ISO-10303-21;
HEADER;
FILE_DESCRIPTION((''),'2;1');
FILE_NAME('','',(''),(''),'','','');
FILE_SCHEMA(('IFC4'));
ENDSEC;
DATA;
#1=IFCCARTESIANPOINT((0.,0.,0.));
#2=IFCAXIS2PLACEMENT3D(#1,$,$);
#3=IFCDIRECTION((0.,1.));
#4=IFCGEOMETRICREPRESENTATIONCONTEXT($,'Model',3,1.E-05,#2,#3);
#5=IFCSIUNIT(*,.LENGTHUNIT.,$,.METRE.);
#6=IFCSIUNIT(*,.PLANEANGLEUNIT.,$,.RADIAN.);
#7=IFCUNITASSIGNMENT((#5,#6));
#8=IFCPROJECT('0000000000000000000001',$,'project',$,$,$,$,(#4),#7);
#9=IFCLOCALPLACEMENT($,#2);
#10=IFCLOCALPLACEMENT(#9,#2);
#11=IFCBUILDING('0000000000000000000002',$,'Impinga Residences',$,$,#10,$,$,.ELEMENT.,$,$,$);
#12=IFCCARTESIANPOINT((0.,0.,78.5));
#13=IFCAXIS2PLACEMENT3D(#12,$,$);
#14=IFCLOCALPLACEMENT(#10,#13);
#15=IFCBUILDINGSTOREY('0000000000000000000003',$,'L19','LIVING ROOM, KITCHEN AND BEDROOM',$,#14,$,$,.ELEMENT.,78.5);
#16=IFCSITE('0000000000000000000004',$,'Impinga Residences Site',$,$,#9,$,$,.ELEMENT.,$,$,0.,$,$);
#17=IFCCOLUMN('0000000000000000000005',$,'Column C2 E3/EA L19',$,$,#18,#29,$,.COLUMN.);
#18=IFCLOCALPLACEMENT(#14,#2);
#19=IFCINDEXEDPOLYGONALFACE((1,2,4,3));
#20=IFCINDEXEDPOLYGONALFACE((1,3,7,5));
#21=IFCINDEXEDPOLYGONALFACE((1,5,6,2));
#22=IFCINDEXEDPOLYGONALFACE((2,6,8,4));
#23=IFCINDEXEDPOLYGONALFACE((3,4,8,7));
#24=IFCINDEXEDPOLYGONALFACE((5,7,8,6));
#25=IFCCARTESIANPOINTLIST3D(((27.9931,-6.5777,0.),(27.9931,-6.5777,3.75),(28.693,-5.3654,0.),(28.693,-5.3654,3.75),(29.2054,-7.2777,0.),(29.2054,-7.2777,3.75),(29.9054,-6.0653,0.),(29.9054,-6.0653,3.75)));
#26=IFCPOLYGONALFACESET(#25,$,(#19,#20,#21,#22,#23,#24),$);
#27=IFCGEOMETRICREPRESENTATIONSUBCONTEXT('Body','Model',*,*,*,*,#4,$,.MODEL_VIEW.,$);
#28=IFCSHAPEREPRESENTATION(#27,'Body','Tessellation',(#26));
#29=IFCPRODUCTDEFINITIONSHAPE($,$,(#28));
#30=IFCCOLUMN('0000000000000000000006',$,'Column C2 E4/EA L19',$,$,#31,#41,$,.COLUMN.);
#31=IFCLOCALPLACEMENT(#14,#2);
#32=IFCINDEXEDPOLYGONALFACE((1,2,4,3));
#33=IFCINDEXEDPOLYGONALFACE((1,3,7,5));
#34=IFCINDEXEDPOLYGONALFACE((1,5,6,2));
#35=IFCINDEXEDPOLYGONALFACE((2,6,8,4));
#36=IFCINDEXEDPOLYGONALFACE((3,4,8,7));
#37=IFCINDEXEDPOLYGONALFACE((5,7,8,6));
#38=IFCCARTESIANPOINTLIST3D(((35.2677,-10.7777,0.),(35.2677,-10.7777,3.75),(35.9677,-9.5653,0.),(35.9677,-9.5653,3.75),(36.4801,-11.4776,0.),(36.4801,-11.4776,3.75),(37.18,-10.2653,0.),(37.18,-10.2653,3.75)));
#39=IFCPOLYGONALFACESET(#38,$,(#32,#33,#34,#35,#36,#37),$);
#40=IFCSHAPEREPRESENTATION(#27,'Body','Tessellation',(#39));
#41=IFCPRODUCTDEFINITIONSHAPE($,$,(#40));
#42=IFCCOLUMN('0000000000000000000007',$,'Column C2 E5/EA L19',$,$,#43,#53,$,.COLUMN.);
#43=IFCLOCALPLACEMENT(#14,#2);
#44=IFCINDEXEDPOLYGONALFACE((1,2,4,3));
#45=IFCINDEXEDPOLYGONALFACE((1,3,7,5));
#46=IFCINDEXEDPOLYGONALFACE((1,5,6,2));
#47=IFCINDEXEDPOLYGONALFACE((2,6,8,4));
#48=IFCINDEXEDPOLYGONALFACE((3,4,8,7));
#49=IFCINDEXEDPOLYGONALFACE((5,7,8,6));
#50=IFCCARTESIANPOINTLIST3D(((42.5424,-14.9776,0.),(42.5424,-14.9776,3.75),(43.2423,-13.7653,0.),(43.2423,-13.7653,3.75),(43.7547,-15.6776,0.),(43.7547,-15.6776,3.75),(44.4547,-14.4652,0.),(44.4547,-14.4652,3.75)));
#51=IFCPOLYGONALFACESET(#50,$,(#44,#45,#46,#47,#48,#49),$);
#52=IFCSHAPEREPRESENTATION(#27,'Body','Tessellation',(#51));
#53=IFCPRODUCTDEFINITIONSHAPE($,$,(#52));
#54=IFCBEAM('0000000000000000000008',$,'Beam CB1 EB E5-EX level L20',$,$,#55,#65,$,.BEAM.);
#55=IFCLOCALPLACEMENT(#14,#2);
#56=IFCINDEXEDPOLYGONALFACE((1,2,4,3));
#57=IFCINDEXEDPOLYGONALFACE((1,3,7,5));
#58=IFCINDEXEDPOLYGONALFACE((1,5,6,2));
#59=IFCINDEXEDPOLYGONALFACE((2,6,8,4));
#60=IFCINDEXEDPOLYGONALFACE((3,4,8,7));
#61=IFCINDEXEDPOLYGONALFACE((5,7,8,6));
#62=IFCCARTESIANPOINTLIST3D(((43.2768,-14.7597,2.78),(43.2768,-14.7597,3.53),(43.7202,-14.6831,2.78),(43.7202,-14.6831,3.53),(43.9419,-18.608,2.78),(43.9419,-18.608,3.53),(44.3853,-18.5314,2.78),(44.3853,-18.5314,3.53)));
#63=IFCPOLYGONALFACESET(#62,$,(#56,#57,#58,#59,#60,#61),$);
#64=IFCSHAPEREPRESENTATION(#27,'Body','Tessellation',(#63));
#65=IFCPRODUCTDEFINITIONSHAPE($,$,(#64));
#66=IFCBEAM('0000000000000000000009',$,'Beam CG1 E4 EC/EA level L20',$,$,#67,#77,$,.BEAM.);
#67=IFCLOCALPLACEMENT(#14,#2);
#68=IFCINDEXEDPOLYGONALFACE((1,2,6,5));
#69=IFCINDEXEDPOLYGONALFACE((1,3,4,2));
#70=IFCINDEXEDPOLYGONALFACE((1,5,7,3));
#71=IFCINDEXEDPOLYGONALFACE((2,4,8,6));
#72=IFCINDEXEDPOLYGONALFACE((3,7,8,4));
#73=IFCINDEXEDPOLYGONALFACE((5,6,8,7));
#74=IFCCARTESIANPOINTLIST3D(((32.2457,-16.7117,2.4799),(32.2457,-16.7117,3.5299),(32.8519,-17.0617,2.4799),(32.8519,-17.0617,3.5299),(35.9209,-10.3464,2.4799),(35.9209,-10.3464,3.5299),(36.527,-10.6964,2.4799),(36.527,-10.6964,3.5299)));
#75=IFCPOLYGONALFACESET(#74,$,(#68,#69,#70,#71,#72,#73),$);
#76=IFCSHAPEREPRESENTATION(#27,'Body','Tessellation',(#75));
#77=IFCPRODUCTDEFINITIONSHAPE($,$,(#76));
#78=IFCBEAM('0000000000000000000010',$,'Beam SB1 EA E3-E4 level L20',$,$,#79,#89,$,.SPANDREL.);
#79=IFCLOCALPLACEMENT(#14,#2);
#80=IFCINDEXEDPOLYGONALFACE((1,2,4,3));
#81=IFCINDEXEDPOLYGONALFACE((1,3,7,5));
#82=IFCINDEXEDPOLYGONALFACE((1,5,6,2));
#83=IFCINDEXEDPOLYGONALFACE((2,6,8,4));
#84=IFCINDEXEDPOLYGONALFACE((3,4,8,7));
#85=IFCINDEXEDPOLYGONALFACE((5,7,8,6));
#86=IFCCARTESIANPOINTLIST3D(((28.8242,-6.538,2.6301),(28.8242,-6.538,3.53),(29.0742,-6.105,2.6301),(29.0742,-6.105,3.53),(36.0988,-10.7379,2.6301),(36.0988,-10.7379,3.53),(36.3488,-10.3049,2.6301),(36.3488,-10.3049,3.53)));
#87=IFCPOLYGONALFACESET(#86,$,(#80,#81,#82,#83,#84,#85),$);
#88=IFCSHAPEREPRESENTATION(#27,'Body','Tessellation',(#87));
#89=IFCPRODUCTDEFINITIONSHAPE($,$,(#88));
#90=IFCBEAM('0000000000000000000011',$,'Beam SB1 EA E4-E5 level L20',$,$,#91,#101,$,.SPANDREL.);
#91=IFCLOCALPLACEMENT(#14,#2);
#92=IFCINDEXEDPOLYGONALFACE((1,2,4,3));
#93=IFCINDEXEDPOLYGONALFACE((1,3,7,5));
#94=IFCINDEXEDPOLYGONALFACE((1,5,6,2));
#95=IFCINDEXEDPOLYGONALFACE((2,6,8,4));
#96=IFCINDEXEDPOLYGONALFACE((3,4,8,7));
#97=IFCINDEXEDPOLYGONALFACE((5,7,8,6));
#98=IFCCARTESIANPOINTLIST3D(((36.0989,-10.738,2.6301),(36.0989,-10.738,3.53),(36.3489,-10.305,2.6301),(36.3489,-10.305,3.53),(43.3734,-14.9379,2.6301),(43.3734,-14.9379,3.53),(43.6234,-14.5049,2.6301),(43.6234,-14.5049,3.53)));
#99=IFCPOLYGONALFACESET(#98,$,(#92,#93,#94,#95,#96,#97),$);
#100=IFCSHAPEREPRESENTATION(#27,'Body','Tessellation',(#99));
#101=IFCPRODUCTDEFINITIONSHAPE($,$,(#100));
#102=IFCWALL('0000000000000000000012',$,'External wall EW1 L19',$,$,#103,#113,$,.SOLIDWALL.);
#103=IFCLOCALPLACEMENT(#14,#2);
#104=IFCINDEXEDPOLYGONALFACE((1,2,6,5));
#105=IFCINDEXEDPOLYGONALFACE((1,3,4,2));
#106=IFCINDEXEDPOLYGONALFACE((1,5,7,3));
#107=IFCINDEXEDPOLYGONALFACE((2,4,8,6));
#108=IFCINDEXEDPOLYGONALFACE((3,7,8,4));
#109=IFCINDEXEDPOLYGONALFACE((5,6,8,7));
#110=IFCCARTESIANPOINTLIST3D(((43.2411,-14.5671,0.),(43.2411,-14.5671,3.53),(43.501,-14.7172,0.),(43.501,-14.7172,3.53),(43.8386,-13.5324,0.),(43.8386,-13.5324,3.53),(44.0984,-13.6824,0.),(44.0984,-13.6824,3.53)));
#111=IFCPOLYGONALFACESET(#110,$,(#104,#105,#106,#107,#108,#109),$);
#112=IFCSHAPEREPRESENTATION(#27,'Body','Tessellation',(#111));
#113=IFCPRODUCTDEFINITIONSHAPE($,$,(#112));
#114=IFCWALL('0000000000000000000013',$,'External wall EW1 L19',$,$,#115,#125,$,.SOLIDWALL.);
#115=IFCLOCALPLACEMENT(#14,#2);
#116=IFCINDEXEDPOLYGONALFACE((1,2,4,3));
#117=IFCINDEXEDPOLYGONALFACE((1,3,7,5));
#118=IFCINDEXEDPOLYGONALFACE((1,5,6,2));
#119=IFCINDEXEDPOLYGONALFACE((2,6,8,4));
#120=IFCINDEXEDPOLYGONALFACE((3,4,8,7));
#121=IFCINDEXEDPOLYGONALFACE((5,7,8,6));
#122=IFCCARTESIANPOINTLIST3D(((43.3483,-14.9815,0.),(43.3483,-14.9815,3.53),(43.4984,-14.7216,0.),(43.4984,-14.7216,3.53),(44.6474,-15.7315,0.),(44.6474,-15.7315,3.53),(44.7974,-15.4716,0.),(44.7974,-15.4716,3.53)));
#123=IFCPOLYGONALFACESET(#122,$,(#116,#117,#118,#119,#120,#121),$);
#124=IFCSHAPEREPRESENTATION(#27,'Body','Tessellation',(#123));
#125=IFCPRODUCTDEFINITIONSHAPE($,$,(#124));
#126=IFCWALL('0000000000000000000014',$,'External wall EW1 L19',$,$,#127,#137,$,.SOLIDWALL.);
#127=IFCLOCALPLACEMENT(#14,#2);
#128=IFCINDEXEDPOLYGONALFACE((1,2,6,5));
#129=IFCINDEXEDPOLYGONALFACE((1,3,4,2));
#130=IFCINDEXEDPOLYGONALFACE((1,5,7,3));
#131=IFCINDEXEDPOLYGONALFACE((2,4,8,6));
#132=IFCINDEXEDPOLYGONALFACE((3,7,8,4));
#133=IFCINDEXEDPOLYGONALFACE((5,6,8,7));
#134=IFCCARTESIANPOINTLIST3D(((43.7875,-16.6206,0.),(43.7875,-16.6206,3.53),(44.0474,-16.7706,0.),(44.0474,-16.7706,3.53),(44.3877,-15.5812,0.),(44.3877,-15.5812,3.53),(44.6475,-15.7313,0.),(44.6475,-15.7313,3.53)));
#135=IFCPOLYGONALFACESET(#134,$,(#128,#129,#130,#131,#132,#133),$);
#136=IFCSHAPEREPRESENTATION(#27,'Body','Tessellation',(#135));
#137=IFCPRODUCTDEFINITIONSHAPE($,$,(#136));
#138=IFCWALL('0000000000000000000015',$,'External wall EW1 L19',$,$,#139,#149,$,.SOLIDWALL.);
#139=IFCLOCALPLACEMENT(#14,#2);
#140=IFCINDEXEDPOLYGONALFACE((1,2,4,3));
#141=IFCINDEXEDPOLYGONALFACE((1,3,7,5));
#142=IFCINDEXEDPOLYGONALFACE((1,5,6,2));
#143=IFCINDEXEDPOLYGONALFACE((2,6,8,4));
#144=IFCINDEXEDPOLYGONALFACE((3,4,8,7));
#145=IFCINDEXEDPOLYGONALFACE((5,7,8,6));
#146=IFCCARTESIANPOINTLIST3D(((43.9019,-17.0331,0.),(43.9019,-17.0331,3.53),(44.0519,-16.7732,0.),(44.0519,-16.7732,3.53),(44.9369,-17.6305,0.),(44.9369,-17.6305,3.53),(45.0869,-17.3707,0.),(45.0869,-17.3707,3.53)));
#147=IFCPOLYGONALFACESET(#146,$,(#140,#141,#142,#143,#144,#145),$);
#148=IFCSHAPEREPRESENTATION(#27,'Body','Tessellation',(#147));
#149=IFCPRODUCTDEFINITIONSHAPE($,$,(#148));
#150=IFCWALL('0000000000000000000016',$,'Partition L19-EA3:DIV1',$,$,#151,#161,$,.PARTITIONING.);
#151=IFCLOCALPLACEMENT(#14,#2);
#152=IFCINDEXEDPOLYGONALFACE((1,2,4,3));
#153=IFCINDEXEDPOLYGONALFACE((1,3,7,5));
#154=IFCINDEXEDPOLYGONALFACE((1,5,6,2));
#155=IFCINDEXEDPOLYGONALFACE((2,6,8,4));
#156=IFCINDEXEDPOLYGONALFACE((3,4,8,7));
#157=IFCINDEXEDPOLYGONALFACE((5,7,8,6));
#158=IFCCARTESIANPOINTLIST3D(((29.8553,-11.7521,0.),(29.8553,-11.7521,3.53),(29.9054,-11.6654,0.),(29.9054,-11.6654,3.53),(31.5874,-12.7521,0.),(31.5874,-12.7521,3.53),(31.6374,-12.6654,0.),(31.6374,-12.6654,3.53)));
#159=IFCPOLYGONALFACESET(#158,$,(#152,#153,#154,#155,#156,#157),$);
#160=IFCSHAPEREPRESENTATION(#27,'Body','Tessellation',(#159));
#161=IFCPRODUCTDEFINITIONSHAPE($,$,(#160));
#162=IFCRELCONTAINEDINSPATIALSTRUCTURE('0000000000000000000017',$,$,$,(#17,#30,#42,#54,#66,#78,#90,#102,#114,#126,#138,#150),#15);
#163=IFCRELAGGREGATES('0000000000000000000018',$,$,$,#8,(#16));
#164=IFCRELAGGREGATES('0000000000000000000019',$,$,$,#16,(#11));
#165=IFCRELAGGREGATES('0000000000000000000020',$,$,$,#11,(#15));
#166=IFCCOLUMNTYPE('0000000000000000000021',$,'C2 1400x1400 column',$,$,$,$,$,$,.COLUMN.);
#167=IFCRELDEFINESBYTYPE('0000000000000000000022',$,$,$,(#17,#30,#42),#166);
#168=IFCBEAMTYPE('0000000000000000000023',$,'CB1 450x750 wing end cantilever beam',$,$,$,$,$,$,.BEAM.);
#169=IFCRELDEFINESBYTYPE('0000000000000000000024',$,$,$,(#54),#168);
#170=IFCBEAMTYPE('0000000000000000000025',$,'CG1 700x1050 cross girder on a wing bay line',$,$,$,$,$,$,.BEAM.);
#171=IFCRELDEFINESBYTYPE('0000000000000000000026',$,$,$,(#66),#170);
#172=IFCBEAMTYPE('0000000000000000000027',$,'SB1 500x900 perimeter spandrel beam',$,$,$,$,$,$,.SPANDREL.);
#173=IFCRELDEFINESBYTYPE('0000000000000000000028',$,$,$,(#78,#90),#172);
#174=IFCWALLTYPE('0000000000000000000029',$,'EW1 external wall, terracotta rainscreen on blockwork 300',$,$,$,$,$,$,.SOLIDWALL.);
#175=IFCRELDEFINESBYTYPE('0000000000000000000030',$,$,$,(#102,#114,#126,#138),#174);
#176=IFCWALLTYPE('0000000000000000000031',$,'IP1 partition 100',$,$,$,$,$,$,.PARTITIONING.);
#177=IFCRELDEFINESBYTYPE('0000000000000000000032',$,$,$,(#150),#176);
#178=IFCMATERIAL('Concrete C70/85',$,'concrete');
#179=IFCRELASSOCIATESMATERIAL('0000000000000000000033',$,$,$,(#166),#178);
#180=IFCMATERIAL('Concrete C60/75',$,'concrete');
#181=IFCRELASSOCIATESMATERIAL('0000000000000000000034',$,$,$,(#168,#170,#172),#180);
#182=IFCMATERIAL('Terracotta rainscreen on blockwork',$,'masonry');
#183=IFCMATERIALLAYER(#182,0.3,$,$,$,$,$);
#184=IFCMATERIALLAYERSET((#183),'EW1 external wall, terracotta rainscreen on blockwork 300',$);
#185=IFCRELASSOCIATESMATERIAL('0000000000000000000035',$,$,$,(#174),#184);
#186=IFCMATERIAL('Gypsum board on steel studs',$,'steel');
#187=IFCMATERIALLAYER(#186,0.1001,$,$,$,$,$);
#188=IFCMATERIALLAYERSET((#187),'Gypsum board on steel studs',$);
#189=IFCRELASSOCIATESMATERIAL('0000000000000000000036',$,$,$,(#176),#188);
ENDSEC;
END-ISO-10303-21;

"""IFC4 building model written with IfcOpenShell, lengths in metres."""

from ifc_helpers import new_model, si_unit, direction, frame, frame_2d, origin, origin_2d, place, context, subcontext, project, spatial, rectangle, extrude, material, layer, layer_set, material_profile, profile_set, type_object, element, save


model = new_model("IFC4")

# Units and contexts
model_context = context("Model", 3, precision=1e-05, world=origin(), true_north=direction((0.0, 1.0)))
body_context = subcontext(model_context, "Body", "Model", "MODEL_VIEW")
ifc_project = project(units=[si_unit("LENGTHUNIT", "METRE"), si_unit("PLANEANGLEUNIT", "RADIAN")], contexts=[model_context])

# Site, building, storey
site_placement = place(None, origin())
site = spatial("IfcSite", under=ifc_project, at=site_placement, Name="Impinga Residences Site", CompositionType="ELEMENT", RefElevation=0.0)
building_placement = place(site_placement, origin())
building = spatial("IfcBuilding", under=site, at=building_placement, Name="Impinga Residences", CompositionType="ELEMENT")
storey_placement = place(building_placement, frame((0.0, 0.0, 78.5)))
storey = spatial("IfcBuildingStorey", under=building, at=storey_placement, Name="L19", Description="LIVING ROOM, KITCHEN AND BEDROOM", CompositionType="ELEMENT", Elevation=78.5)

# Columns
ifc_material_1 = material(Name="Concrete C70/85", Category="concrete")
ifc_material_profile_1 = material_profile(ifc_material_1, rectangle(XDim=1.3999, YDim=1.3999, at=origin_2d()), Name="RC 1400x1400")
ifc_profile_set_1 = profile_set([ifc_material_profile_1], Name="Concrete C70/85")
column_type = type_object("IfcColumnType", Name="C2 1400x1400 column", PredefinedType="COLUMN", material=ifc_profile_set_1)
for number, where, z_axis, x_axis, name in (
    (1, (28.9492, -6.3215, 0.0), (0.0, 0.0, 1.0), (-0.5, -0.866025, 0.0), "Column C2 E3/EA L19"),
    (2, (36.2239, -10.5215, 0.0), (0.0, 0.0, 1.0), (-0.5, -0.866025, 0.0), "Column C2 E4/EA L19"),
    (3, (43.4985, -14.7214, 0.0), (0.0, 0.0, 1.0), (-0.5, -0.866025, 0.0), "Column C2 E5/EA L19"),
):
    element("IfcColumn", number, at=place(storey_placement, frame(where, z_axis=z_axis, x_axis=x_axis)), inside=storey, type_object=column_type, Name=name, PredefinedType="COLUMN", context=body_context, shape_type="SweptSolid", body=[
        extrude(rectangle(XDim=1.3999, YDim=1.3999, at=origin_2d()), origin(), (0.0, 0.0, 1.0), 3.75),
    ])

# Beams
ifc_material_2 = material(Name="Concrete C60/75", Category="concrete")
ifc_material_profile_2 = material_profile(ifc_material_2, rectangle(XDim=0.45, YDim=0.75, at=origin_2d()), Name="RC 450x750")
ifc_profile_set_2 = profile_set([ifc_material_profile_2], Name="Concrete C60/75")
beam_type_1 = type_object("IfcBeamType", Name="CB1 450x750 wing end cantilever beam", PredefinedType="BEAM", material=ifc_profile_set_2)
beam_1_placement = place(storey_placement, frame((43.4985, -14.7214, 3.155), z_axis=(0.170296, -0.985393, 0.0), x_axis=(0.985393, 0.170296, 0.0)))
element("IfcBeam", 4, at=beam_1_placement, inside=storey, type_object=beam_type_1, Name="Beam CB1 EB E5-EX level L20", PredefinedType="BEAM", context=body_context, shape_type="SweptSolid", body=[
    extrude(rectangle(XDim=0.45, YDim=0.75, at=origin_2d()), origin(), (0.0, 0.0, 1.0), 3.9053),
])
ifc_material_profile_3 = material_profile(ifc_material_2, rectangle(XDim=0.7, YDim=1.05, at=origin_2d()), Name="RC 700x1050")
ifc_profile_set_3 = profile_set([ifc_material_profile_3], Name="Concrete C60/75")
beam_type_2 = type_object("IfcBeamType", Name="CG1 700x1050 cross girder on a wing bay line", PredefinedType="BEAM", material=ifc_profile_set_3)
beam_2_placement = place(storey_placement, frame((32.5488, -16.8867, 3.0049), z_axis=(0.500008, 0.866021, 0.0), x_axis=(-0.866021, 0.500008, 0.0)))
element("IfcBeam", 5, at=beam_2_placement, inside=storey, type_object=beam_type_2, Name="Beam CG1 E4 EC/EA level L20", PredefinedType="BEAM", context=body_context, shape_type="SweptSolid", body=[
    extrude(rectangle(XDim=0.7, YDim=1.05, at=origin_2d()), origin(), (0.0, 0.0, 1.0), 7.3501),
])
ifc_material_profile_4 = material_profile(ifc_material_2, rectangle(XDim=0.5, YDim=0.8999, at=origin_2d()), Name="RC 500x900")
ifc_profile_set_4 = profile_set([ifc_material_profile_4], Name="Concrete C60/75")
beam_type_3 = type_object("IfcBeamType", Name="SB1 500x900 perimeter spandrel beam", PredefinedType="SPANDREL", material=ifc_profile_set_4)
for number, where, z_axis, x_axis, name in (
    (6, (28.9492, -6.3215, 3.0801), (0.866029, -0.499993, 0.0), (0.499993, 0.866029, 0.0), "Beam SB1 EA E3-E4 level L20"),
    (7, (36.2239, -10.5215, 3.0801), (0.866029, -0.499993, 0.0), (0.499993, 0.866029, 0.0), "Beam SB1 EA E4-E5 level L20"),
):
    element("IfcBeam", number, at=place(storey_placement, frame(where, z_axis=z_axis, x_axis=x_axis)), inside=storey, type_object=beam_type_3, Name=name, PredefinedType="SPANDREL", context=body_context, shape_type="SweptSolid", body=[
        extrude(rectangle(XDim=0.5, YDim=0.8999, at=origin_2d()), origin(), (0.0, 0.0, 1.0), 8.3999),
    ])

# Walls
ifc_material_3 = material(Name="Terracotta rainscreen on blockwork", Category="masonry")
ifc_layer_1 = layer(ifc_material_3, 0.3)
ifc_layer_set_1 = layer_set([ifc_layer_1], Name="EW1 external wall, terracotta rainscreen on blockwork 300")
wall_type_1 = type_object("IfcWallType", Name="EW1 external wall, terracotta rainscreen on blockwork 300", PredefinedType="SOLIDWALL", material=ifc_layer_set_1)
wall_1_placement = place(storey_placement, frame((43.9685, -13.6074, 0.0), z_axis=(0.0, 0.0, 1.0), x_axis=(-0.500029, -0.866009, 0.0)))
element("IfcWall", 8, at=wall_1_placement, inside=storey, type_object=wall_type_1, Name="External wall EW1 L19", PredefinedType="SOLIDWALL", context=body_context, shape_type="SweptSolid", body=[
    extrude(rectangle(XDim=1.1948, YDim=0.3, at=frame_2d((0.5974, 0.0))), origin(), (0.0, 0.0, 1.0), 3.53),
])
wall_2_placement = place(storey_placement, frame((43.4233, -14.8516, 0.0), z_axis=(0.0, 0.0, 1.0), x_axis=(0.866031, -0.49999, 0.0)))
element("IfcWall", 9, at=wall_2_placement, inside=storey, type_object=wall_type_1, Name="External wall EW1 L19", PredefinedType="SOLIDWALL", context=body_context, shape_type="SweptSolid", body=[
    extrude(rectangle(XDim=1.5, YDim=0.3, at=frame_2d((0.75, 0.0))), origin(), (0.0, 0.0, 1.0), 3.53),
])
wall_3_placement = place(storey_placement, frame((44.5176, -15.6562, 0.0), z_axis=(0.0, 0.0, 1.0), x_axis=(-0.500034, -0.866006, 0.0)))
element("IfcWall", 10, at=wall_3_placement, inside=storey, type_object=wall_type_1, Name="External wall EW1 L19", PredefinedType="SOLIDWALL", context=body_context, shape_type="SweptSolid", body=[
    extrude(rectangle(XDim=1.2002, YDim=0.3, at=frame_2d((0.6001, 0.0))), origin(), (0.0, 0.0, 1.0), 3.53),
])
wall_4_placement = place(storey_placement, frame((43.9768, -16.9031, 0.0), z_axis=(0.0, 0.0, 1.0), x_axis=(0.86606, -0.499941, 0.0)))
element("IfcWall", 11, at=wall_4_placement, inside=storey, type_object=wall_type_1, Name="External wall EW1 L19", PredefinedType="SOLIDWALL", context=body_context, shape_type="SweptSolid", body=[
    extrude(rectangle(XDim=1.1951, YDim=0.3, at=frame_2d((0.5977, 0.0))), origin(), (0.0, 0.0, 1.0), 3.53),
])
ifc_material_4 = material(Name="Gypsum board on steel studs", Category="steel")
ifc_layer_2 = layer(ifc_material_4, 0.1001)
ifc_layer_set_2 = layer_set([ifc_layer_2], Name="Gypsum board on steel studs")
wall_type_2 = type_object("IfcWallType", Name="IP1 partition 100", PredefinedType="PARTITIONING", material=ifc_layer_set_2)
wall_5_placement = place(storey_placement, frame((29.8804, -11.7087, 0.0), z_axis=(0.0, 0.0, 1.0), x_axis=(0.866011, -0.500025, 0.0)))
element("IfcWall", 12, at=wall_5_placement, inside=storey, type_object=wall_type_2, Name="Partition L19-EA3:DIV1", PredefinedType="PARTITIONING", context=body_context, shape_type="SweptSolid", body=[
    extrude(rectangle(XDim=2.0, YDim=0.1001, at=frame_2d((1.0, 0.0))), origin(), (0.0, 0.0, 1.0), 3.53),
])

save(model, "model.ifc")
